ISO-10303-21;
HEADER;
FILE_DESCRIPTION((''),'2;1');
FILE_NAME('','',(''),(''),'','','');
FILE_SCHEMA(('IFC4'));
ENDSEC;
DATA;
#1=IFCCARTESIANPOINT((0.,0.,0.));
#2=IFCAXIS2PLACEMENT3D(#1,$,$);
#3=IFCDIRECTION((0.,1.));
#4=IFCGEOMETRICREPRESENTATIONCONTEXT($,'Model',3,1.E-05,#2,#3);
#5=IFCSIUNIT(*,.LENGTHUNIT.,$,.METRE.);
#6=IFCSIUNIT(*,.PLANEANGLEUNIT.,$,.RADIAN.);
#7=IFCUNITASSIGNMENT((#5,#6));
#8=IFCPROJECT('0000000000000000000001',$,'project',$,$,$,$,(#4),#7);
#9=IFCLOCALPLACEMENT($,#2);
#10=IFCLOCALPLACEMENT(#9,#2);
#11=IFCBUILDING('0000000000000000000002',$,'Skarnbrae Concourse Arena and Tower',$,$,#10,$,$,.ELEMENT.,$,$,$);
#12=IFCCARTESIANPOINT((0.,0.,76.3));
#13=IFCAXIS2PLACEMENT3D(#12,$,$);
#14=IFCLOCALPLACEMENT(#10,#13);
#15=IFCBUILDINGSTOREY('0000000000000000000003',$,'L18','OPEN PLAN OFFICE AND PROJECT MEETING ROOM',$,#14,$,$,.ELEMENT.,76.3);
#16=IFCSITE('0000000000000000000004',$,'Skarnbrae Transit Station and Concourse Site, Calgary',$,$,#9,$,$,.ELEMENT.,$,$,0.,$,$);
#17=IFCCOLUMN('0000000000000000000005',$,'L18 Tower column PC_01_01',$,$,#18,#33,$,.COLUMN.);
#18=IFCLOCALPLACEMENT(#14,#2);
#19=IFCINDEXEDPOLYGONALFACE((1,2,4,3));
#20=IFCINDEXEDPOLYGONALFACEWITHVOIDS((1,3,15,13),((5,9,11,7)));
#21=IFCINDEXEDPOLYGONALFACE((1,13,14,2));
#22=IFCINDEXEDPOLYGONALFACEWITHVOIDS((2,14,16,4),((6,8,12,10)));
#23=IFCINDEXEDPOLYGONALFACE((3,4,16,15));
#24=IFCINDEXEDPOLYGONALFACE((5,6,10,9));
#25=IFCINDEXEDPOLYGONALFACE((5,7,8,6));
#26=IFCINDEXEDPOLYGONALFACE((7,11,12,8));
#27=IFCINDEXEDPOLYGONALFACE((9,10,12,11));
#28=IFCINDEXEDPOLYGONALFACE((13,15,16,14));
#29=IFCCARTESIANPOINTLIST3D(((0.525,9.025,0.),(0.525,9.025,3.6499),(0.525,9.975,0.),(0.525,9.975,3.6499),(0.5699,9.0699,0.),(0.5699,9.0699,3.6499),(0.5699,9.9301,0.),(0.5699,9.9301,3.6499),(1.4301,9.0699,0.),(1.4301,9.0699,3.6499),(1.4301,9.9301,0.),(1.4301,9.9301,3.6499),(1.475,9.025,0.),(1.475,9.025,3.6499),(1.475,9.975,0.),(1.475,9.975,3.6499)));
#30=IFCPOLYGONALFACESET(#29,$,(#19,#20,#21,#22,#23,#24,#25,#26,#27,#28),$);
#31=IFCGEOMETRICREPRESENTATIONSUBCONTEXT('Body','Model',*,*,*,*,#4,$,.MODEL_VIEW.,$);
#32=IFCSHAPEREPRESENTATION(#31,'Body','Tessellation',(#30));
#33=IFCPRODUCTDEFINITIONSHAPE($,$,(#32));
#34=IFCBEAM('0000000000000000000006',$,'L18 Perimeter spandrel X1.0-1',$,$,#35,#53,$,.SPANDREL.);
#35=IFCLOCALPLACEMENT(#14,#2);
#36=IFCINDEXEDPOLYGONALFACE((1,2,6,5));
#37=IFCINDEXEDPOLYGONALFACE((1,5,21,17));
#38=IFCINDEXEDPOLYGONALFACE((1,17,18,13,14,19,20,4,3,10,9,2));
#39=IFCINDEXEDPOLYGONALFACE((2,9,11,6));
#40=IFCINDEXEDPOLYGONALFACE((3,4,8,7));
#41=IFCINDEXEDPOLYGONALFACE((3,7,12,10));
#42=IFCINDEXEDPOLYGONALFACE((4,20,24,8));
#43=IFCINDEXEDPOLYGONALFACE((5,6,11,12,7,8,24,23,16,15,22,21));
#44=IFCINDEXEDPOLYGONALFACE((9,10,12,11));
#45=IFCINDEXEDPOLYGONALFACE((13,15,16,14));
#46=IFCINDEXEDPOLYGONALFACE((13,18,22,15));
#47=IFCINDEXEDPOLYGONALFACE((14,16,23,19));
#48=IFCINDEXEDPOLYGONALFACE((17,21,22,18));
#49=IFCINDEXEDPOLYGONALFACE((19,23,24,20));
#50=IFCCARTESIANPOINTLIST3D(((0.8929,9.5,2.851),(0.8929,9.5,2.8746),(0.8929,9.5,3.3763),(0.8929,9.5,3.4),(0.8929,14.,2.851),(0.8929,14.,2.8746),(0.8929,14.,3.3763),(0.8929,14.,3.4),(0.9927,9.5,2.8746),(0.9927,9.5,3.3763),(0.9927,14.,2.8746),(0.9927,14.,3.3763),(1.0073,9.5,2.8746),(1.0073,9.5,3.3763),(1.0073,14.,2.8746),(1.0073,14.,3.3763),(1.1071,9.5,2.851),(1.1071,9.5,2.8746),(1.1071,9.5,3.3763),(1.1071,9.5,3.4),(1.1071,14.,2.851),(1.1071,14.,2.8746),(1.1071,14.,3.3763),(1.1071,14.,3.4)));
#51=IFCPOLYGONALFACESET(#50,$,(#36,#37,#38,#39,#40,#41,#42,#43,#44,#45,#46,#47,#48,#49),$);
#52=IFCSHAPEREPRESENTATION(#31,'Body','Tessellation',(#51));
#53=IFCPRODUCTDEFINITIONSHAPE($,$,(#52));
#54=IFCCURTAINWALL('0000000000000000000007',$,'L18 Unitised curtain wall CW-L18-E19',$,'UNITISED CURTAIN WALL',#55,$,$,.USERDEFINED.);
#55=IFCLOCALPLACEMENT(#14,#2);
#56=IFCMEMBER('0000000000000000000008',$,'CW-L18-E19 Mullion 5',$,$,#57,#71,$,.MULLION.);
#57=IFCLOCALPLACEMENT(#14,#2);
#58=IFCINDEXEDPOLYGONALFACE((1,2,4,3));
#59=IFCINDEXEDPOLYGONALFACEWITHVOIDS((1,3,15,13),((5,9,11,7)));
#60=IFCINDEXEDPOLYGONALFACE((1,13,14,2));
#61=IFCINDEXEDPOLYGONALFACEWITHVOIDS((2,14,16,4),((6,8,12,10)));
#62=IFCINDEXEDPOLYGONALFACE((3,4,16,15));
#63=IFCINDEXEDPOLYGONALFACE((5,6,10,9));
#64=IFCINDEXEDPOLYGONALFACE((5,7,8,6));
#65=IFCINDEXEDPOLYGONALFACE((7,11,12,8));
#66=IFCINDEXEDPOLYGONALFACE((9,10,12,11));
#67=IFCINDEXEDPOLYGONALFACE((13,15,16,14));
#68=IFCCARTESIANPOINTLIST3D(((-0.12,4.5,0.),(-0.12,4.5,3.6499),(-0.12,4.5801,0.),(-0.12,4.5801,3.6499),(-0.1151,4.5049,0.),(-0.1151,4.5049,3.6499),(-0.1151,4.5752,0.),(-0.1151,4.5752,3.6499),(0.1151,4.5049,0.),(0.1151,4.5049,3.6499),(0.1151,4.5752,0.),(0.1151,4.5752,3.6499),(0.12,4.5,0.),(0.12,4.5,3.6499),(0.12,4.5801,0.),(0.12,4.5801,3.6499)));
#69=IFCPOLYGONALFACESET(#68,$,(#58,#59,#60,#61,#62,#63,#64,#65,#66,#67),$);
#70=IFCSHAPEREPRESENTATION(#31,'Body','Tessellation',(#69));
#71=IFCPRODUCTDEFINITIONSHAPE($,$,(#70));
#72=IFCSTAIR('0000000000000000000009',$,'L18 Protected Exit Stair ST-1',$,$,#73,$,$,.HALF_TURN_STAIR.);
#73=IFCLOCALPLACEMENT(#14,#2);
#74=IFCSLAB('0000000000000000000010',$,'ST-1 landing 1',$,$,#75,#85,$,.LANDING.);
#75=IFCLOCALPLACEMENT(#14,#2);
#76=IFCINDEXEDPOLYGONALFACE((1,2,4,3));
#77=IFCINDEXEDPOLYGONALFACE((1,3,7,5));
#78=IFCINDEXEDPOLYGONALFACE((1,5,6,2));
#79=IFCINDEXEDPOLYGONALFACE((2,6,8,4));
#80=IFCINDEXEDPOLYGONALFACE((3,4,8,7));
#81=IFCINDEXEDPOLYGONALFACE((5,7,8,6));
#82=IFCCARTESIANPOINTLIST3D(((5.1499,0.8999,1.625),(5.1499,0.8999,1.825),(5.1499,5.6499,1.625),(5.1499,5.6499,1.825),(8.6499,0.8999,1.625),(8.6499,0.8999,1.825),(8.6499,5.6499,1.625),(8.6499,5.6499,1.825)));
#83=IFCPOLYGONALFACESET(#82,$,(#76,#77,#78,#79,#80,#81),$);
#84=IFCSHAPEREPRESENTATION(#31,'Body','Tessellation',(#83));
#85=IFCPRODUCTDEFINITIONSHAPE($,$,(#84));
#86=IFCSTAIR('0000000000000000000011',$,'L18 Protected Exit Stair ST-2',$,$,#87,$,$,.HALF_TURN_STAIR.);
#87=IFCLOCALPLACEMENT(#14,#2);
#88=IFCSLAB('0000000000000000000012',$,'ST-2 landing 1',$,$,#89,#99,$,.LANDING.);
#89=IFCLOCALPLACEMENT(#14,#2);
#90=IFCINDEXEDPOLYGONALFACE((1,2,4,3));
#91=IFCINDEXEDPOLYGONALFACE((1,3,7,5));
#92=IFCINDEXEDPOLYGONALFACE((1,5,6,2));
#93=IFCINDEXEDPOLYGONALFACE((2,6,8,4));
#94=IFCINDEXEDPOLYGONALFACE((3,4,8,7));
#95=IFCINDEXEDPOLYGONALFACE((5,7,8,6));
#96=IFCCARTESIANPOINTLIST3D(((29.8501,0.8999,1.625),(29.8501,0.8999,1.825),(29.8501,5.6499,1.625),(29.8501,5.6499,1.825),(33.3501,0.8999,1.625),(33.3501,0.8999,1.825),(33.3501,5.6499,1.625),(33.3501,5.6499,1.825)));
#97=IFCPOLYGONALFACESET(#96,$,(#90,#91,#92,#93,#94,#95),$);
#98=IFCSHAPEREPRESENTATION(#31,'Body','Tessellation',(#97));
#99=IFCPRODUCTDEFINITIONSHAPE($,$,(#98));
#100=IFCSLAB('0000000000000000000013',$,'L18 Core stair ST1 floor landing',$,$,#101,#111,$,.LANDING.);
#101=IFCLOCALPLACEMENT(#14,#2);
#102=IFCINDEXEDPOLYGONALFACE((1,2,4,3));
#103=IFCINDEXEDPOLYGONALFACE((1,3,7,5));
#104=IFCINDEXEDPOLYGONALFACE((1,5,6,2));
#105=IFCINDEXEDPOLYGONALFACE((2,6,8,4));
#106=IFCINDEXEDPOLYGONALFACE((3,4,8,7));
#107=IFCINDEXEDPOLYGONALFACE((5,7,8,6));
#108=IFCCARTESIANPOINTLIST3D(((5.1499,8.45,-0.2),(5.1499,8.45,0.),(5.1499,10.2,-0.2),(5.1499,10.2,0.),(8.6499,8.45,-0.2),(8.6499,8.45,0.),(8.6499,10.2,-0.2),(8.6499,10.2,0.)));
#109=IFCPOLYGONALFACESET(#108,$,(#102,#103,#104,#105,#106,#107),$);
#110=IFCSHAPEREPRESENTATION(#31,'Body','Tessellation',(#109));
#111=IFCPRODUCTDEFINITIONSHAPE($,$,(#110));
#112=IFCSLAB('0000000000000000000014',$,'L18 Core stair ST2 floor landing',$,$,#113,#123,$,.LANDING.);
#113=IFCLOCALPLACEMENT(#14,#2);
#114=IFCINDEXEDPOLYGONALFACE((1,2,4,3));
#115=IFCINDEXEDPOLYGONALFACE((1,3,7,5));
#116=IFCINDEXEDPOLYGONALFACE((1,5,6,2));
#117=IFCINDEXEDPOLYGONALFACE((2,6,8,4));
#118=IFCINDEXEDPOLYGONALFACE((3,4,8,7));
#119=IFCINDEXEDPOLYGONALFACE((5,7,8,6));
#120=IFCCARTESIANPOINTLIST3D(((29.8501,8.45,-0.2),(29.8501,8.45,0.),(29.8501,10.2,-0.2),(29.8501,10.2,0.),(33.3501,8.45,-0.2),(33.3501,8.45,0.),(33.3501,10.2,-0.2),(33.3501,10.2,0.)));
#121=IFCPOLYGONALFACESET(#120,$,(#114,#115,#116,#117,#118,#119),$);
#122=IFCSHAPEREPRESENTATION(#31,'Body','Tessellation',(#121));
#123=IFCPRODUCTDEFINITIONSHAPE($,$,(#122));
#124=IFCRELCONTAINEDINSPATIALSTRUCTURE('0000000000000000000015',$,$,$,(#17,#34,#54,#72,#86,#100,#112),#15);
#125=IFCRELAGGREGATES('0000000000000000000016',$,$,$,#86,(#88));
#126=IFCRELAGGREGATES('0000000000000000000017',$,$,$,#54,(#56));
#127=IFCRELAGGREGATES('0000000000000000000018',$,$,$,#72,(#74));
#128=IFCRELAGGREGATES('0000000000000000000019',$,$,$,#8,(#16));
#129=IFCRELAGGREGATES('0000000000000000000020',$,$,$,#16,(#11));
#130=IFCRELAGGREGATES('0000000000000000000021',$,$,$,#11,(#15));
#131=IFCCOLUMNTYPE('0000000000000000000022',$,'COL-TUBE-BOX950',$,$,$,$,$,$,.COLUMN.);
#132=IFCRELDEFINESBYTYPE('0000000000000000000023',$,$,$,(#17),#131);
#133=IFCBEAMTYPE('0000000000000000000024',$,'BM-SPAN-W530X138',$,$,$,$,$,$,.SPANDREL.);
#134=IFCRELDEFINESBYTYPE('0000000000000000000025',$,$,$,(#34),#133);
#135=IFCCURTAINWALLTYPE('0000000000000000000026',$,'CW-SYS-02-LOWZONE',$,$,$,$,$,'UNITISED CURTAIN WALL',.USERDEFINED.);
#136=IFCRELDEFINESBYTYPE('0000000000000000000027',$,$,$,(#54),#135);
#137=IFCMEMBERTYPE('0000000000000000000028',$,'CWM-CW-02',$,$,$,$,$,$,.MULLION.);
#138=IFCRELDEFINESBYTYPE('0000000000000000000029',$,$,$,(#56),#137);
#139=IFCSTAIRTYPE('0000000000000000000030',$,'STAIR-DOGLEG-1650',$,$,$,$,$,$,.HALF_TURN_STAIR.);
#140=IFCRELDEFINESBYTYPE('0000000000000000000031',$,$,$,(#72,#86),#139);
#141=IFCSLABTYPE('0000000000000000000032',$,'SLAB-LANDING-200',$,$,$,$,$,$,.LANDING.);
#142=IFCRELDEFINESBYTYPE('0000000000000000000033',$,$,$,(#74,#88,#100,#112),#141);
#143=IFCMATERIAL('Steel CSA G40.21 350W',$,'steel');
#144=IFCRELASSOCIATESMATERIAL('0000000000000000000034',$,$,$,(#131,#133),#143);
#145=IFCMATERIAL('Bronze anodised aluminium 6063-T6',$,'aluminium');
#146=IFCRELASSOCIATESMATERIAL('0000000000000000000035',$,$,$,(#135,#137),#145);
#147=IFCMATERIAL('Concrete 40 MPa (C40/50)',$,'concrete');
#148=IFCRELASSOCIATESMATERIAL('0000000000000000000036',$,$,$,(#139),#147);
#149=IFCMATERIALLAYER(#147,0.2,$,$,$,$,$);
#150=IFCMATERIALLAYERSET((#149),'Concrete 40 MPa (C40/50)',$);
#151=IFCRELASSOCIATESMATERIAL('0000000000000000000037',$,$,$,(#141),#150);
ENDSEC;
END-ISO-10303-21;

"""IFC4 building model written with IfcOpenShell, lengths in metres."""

from ifc_helpers import new_model, si_unit, direction, frame, origin, origin_2d, place, context, subcontext, project, spatial, polyline, hollow_rectangle, i_section, outline, extrude, source, transform, mapped, material, layer, layer_set, material_profile, profile_set, type_object, element, aggregate, save


model = new_model("IFC4")

# Units and contexts
model_context = context("Model", 3, precision=1e-05, world=origin(), true_north=direction((0.0, 1.0)))
body_context = subcontext(model_context, "Body", "Model", "MODEL_VIEW")
ifc_project = project(units=[si_unit("LENGTHUNIT", "METRE"), si_unit("PLANEANGLEUNIT", "RADIAN")], contexts=[model_context])

# Site, building, storey
site_placement = place(None, origin())
site = spatial("IfcSite", under=ifc_project, at=site_placement, Name="Skarnbrae Transit Station and Concourse Site, Calgary", CompositionType="ELEMENT", RefElevation=0.0)
building_placement = place(site_placement, origin())
building = spatial("IfcBuilding", under=site, at=building_placement, Name="Skarnbrae Concourse Arena and Tower", CompositionType="ELEMENT")
storey_placement = place(building_placement, frame((0.0, 0.0, 76.3)))
storey = spatial("IfcBuildingStorey", under=building, at=storey_placement, Name="L18", Description="OPEN PLAN OFFICE AND PROJECT MEETING ROOM", CompositionType="ELEMENT", Elevation=76.3)

# Column
ifc_material_1 = material(Name="Steel CSA G40.21 350W", Category="steel")
ifc_material_profile_1 = material_profile(ifc_material_1, hollow_rectangle(XDim=0.95, YDim=0.95, WallThickness=0.0449, at=origin_2d()), Name="BOX950X950X45")
ifc_profile_set_1 = profile_set([ifc_material_profile_1], Name="Steel CSA G40.21 350W")
column_type = type_object("IfcColumnType", Name="COL-TUBE-BOX950", PredefinedType="COLUMN", material=ifc_profile_set_1)
shared_shape_1 = source(origin(), body_context, "Body", "SweptSolid", [
    extrude(hollow_rectangle(XDim=0.95, YDim=0.95, WallThickness=0.0449, at=origin_2d()), origin(), (0.0, 0.0, 1.0), 3.6499),
])
column_placement = place(storey_placement, frame((1.0, 9.5, 0.0), z_axis=(0.0, 0.0, 1.0), x_axis=(1.0, 0.0, 0.0)))
element("IfcColumn", 1, at=column_placement, inside=storey, type_object=column_type, Name="L18 Tower column PC_01_01", PredefinedType="COLUMN", context=body_context, shape_type="MappedRepresentation", body=[
    mapped(shared_shape_1, transform((0.0, 0.0, 0.0))),
])

# Beam
ifc_material_profile_2 = material_profile(ifc_material_1, i_section(OverallWidth=0.2141, OverallDepth=0.5491, WebThickness=0.0146, FlangeThickness=0.0237, at=origin_2d()), Name="W530X138")
ifc_profile_set_2 = profile_set([ifc_material_profile_2], Name="Steel CSA G40.21 350W")
beam_type = type_object("IfcBeamType", Name="BM-SPAN-W530X138", PredefinedType="SPANDREL", material=ifc_profile_set_2)
shared_shape_2 = source(origin(), body_context, "Body", "SweptSolid", [
    extrude(i_section(OverallWidth=0.2141, OverallDepth=0.5491, WebThickness=0.0146, FlangeThickness=0.0237, at=origin_2d()), origin(), (0.0, 0.0, 1.0), 4.5),
])
beam_placement = place(storey_placement, frame((1.0, 9.5, 3.1255), z_axis=(0.0, 1.0, 0.0), x_axis=(-1.0, 0.0, 0.0)))
element("IfcBeam", 2, at=beam_placement, inside=storey, type_object=beam_type, Name="L18 Perimeter spandrel X1.0-1", PredefinedType="SPANDREL", context=body_context, shape_type="MappedRepresentation", body=[
    mapped(shared_shape_2, transform((0.0, 0.0, 0.0))),
])

# Curtain wall, member
ifc_material_2 = material(Name="Bronze anodised aluminium 6063-T6", Category="aluminium")
curtain_wall_type = type_object("IfcCurtainWallType", Name="CW-SYS-02-LOWZONE", ElementType="UNITISED CURTAIN WALL", PredefinedType="USERDEFINED", material=ifc_material_2)
curtain_wall_placement = place(storey_placement, origin())
curtain_wall = element("IfcCurtainWall", 3, at=curtain_wall_placement, inside=storey, type_object=curtain_wall_type, Name="L18 Unitised curtain wall CW-L18-E19", ObjectType="UNITISED CURTAIN WALL", PredefinedType="USERDEFINED")
ifc_material_profile_3 = material_profile(ifc_material_2, hollow_rectangle(XDim=0.0801, YDim=0.24, WallThickness=0.0049, at=origin_2d()), Name="ALU-MULL-80X240")
ifc_profile_set_3 = profile_set([ifc_material_profile_3], Name="Bronze anodised aluminium 6063-T6")
member_type = type_object("IfcMemberType", Name="CWM-CW-02", PredefinedType="MULLION", material=ifc_profile_set_3)
shared_shape_3 = source(origin(), body_context, "Body", "SweptSolid", [
    extrude(hollow_rectangle(XDim=0.0801, YDim=0.24, WallThickness=0.0049, at=origin_2d()), origin(), (0.0, 0.0, 1.0), 3.6499),
])
member_placement = place(storey_placement, frame((0.0, 4.54, 0.0), z_axis=(0.0, 0.0, 1.0), x_axis=(0.0, -1.0, 0.0)))
member = element("IfcMember", 4, at=member_placement, type_object=member_type, Name="CW-L18-E19 Mullion 5", PredefinedType="MULLION", context=body_context, shape_type="MappedRepresentation", body=[
    mapped(shared_shape_3, transform((0.0, 0.0, 0.0))),
])

# Stairs, slabs
ifc_material_3 = material(Name="Concrete 40 MPa (C40/50)", Category="concrete")
stair_type = type_object("IfcStairType", Name="STAIR-DOGLEG-1650", PredefinedType="HALF_TURN_STAIR", material=ifc_material_3)
stair_1_placement = place(storey_placement, origin())
stair_1 = element("IfcStair", 5, at=stair_1_placement, inside=storey, type_object=stair_type, Name="L18 Protected Exit Stair ST-1", PredefinedType="HALF_TURN_STAIR")
ifc_layer_1 = layer(ifc_material_3, 0.2)
ifc_layer_set_1 = layer_set([ifc_layer_1], Name="Concrete 40 MPa (C40/50)")
slab_type_1 = type_object("IfcSlabType", Name="SLAB-LANDING-200", PredefinedType="LANDING", material=ifc_layer_set_1)
slab_1_placement = place(storey_placement, frame((0.0, 0.0, 1.625)))
slab_1 = element("IfcSlab", 6, at=slab_1_placement, type_object=slab_type_1, Name="ST-1 landing 1", PredefinedType="LANDING", context=body_context, shape_type="SweptSolid", body=[
    extrude(outline(polyline([(5.1499, 5.6499), (5.1499, 0.8999), (8.6499, 0.8999), (8.6499, 5.6499), (5.1499, 5.6499)])), origin(), (0.0, 0.0, 1.0), 0.2),
])
stair_2_placement = place(storey_placement, origin())
stair_2 = element("IfcStair", 7, at=stair_2_placement, inside=storey, type_object=stair_type, Name="L18 Protected Exit Stair ST-2", PredefinedType="HALF_TURN_STAIR")
slab_2_placement = place(storey_placement, frame((0.0, 0.0, 1.625)))
slab_2 = element("IfcSlab", 8, at=slab_2_placement, type_object=slab_type_1, Name="ST-2 landing 1", PredefinedType="LANDING", context=body_context, shape_type="SweptSolid", body=[
    extrude(outline(polyline([(29.8501, 5.6499), (29.8501, 0.8999), (33.3501, 0.8999), (33.3501, 5.6499), (29.8501, 5.6499)])), origin(), (0.0, 0.0, 1.0), 0.2),
])
aggregate(stair_2, [slab_2])

# Slabs
slab_3_placement = place(storey_placement, frame((0.0, 0.0, -0.2)))
element("IfcSlab", 9, at=slab_3_placement, inside=storey, type_object=slab_type_1, Name="L18 Core stair ST1 floor landing", PredefinedType="LANDING", context=body_context, shape_type="SweptSolid", body=[
    extrude(outline(polyline([(5.1499, 10.2), (5.1499, 8.45), (8.6499, 8.45), (8.6499, 10.2), (5.1499, 10.2)])), origin(), (0.0, 0.0, 1.0), 0.2),
])
slab_4_placement = place(storey_placement, frame((0.0, 0.0, -0.2)))
element("IfcSlab", 10, at=slab_4_placement, inside=storey, type_object=slab_type_1, Name="L18 Core stair ST2 floor landing", PredefinedType="LANDING", context=body_context, shape_type="SweptSolid", body=[
    extrude(outline(polyline([(29.8501, 10.2), (29.8501, 8.45), (33.3501, 8.45), (33.3501, 10.2), (29.8501, 10.2)])), origin(), (0.0, 0.0, 1.0), 0.2),
])

aggregate(curtain_wall, [member])

aggregate(stair_1, [slab_1])

save(model, "model.ifc")
